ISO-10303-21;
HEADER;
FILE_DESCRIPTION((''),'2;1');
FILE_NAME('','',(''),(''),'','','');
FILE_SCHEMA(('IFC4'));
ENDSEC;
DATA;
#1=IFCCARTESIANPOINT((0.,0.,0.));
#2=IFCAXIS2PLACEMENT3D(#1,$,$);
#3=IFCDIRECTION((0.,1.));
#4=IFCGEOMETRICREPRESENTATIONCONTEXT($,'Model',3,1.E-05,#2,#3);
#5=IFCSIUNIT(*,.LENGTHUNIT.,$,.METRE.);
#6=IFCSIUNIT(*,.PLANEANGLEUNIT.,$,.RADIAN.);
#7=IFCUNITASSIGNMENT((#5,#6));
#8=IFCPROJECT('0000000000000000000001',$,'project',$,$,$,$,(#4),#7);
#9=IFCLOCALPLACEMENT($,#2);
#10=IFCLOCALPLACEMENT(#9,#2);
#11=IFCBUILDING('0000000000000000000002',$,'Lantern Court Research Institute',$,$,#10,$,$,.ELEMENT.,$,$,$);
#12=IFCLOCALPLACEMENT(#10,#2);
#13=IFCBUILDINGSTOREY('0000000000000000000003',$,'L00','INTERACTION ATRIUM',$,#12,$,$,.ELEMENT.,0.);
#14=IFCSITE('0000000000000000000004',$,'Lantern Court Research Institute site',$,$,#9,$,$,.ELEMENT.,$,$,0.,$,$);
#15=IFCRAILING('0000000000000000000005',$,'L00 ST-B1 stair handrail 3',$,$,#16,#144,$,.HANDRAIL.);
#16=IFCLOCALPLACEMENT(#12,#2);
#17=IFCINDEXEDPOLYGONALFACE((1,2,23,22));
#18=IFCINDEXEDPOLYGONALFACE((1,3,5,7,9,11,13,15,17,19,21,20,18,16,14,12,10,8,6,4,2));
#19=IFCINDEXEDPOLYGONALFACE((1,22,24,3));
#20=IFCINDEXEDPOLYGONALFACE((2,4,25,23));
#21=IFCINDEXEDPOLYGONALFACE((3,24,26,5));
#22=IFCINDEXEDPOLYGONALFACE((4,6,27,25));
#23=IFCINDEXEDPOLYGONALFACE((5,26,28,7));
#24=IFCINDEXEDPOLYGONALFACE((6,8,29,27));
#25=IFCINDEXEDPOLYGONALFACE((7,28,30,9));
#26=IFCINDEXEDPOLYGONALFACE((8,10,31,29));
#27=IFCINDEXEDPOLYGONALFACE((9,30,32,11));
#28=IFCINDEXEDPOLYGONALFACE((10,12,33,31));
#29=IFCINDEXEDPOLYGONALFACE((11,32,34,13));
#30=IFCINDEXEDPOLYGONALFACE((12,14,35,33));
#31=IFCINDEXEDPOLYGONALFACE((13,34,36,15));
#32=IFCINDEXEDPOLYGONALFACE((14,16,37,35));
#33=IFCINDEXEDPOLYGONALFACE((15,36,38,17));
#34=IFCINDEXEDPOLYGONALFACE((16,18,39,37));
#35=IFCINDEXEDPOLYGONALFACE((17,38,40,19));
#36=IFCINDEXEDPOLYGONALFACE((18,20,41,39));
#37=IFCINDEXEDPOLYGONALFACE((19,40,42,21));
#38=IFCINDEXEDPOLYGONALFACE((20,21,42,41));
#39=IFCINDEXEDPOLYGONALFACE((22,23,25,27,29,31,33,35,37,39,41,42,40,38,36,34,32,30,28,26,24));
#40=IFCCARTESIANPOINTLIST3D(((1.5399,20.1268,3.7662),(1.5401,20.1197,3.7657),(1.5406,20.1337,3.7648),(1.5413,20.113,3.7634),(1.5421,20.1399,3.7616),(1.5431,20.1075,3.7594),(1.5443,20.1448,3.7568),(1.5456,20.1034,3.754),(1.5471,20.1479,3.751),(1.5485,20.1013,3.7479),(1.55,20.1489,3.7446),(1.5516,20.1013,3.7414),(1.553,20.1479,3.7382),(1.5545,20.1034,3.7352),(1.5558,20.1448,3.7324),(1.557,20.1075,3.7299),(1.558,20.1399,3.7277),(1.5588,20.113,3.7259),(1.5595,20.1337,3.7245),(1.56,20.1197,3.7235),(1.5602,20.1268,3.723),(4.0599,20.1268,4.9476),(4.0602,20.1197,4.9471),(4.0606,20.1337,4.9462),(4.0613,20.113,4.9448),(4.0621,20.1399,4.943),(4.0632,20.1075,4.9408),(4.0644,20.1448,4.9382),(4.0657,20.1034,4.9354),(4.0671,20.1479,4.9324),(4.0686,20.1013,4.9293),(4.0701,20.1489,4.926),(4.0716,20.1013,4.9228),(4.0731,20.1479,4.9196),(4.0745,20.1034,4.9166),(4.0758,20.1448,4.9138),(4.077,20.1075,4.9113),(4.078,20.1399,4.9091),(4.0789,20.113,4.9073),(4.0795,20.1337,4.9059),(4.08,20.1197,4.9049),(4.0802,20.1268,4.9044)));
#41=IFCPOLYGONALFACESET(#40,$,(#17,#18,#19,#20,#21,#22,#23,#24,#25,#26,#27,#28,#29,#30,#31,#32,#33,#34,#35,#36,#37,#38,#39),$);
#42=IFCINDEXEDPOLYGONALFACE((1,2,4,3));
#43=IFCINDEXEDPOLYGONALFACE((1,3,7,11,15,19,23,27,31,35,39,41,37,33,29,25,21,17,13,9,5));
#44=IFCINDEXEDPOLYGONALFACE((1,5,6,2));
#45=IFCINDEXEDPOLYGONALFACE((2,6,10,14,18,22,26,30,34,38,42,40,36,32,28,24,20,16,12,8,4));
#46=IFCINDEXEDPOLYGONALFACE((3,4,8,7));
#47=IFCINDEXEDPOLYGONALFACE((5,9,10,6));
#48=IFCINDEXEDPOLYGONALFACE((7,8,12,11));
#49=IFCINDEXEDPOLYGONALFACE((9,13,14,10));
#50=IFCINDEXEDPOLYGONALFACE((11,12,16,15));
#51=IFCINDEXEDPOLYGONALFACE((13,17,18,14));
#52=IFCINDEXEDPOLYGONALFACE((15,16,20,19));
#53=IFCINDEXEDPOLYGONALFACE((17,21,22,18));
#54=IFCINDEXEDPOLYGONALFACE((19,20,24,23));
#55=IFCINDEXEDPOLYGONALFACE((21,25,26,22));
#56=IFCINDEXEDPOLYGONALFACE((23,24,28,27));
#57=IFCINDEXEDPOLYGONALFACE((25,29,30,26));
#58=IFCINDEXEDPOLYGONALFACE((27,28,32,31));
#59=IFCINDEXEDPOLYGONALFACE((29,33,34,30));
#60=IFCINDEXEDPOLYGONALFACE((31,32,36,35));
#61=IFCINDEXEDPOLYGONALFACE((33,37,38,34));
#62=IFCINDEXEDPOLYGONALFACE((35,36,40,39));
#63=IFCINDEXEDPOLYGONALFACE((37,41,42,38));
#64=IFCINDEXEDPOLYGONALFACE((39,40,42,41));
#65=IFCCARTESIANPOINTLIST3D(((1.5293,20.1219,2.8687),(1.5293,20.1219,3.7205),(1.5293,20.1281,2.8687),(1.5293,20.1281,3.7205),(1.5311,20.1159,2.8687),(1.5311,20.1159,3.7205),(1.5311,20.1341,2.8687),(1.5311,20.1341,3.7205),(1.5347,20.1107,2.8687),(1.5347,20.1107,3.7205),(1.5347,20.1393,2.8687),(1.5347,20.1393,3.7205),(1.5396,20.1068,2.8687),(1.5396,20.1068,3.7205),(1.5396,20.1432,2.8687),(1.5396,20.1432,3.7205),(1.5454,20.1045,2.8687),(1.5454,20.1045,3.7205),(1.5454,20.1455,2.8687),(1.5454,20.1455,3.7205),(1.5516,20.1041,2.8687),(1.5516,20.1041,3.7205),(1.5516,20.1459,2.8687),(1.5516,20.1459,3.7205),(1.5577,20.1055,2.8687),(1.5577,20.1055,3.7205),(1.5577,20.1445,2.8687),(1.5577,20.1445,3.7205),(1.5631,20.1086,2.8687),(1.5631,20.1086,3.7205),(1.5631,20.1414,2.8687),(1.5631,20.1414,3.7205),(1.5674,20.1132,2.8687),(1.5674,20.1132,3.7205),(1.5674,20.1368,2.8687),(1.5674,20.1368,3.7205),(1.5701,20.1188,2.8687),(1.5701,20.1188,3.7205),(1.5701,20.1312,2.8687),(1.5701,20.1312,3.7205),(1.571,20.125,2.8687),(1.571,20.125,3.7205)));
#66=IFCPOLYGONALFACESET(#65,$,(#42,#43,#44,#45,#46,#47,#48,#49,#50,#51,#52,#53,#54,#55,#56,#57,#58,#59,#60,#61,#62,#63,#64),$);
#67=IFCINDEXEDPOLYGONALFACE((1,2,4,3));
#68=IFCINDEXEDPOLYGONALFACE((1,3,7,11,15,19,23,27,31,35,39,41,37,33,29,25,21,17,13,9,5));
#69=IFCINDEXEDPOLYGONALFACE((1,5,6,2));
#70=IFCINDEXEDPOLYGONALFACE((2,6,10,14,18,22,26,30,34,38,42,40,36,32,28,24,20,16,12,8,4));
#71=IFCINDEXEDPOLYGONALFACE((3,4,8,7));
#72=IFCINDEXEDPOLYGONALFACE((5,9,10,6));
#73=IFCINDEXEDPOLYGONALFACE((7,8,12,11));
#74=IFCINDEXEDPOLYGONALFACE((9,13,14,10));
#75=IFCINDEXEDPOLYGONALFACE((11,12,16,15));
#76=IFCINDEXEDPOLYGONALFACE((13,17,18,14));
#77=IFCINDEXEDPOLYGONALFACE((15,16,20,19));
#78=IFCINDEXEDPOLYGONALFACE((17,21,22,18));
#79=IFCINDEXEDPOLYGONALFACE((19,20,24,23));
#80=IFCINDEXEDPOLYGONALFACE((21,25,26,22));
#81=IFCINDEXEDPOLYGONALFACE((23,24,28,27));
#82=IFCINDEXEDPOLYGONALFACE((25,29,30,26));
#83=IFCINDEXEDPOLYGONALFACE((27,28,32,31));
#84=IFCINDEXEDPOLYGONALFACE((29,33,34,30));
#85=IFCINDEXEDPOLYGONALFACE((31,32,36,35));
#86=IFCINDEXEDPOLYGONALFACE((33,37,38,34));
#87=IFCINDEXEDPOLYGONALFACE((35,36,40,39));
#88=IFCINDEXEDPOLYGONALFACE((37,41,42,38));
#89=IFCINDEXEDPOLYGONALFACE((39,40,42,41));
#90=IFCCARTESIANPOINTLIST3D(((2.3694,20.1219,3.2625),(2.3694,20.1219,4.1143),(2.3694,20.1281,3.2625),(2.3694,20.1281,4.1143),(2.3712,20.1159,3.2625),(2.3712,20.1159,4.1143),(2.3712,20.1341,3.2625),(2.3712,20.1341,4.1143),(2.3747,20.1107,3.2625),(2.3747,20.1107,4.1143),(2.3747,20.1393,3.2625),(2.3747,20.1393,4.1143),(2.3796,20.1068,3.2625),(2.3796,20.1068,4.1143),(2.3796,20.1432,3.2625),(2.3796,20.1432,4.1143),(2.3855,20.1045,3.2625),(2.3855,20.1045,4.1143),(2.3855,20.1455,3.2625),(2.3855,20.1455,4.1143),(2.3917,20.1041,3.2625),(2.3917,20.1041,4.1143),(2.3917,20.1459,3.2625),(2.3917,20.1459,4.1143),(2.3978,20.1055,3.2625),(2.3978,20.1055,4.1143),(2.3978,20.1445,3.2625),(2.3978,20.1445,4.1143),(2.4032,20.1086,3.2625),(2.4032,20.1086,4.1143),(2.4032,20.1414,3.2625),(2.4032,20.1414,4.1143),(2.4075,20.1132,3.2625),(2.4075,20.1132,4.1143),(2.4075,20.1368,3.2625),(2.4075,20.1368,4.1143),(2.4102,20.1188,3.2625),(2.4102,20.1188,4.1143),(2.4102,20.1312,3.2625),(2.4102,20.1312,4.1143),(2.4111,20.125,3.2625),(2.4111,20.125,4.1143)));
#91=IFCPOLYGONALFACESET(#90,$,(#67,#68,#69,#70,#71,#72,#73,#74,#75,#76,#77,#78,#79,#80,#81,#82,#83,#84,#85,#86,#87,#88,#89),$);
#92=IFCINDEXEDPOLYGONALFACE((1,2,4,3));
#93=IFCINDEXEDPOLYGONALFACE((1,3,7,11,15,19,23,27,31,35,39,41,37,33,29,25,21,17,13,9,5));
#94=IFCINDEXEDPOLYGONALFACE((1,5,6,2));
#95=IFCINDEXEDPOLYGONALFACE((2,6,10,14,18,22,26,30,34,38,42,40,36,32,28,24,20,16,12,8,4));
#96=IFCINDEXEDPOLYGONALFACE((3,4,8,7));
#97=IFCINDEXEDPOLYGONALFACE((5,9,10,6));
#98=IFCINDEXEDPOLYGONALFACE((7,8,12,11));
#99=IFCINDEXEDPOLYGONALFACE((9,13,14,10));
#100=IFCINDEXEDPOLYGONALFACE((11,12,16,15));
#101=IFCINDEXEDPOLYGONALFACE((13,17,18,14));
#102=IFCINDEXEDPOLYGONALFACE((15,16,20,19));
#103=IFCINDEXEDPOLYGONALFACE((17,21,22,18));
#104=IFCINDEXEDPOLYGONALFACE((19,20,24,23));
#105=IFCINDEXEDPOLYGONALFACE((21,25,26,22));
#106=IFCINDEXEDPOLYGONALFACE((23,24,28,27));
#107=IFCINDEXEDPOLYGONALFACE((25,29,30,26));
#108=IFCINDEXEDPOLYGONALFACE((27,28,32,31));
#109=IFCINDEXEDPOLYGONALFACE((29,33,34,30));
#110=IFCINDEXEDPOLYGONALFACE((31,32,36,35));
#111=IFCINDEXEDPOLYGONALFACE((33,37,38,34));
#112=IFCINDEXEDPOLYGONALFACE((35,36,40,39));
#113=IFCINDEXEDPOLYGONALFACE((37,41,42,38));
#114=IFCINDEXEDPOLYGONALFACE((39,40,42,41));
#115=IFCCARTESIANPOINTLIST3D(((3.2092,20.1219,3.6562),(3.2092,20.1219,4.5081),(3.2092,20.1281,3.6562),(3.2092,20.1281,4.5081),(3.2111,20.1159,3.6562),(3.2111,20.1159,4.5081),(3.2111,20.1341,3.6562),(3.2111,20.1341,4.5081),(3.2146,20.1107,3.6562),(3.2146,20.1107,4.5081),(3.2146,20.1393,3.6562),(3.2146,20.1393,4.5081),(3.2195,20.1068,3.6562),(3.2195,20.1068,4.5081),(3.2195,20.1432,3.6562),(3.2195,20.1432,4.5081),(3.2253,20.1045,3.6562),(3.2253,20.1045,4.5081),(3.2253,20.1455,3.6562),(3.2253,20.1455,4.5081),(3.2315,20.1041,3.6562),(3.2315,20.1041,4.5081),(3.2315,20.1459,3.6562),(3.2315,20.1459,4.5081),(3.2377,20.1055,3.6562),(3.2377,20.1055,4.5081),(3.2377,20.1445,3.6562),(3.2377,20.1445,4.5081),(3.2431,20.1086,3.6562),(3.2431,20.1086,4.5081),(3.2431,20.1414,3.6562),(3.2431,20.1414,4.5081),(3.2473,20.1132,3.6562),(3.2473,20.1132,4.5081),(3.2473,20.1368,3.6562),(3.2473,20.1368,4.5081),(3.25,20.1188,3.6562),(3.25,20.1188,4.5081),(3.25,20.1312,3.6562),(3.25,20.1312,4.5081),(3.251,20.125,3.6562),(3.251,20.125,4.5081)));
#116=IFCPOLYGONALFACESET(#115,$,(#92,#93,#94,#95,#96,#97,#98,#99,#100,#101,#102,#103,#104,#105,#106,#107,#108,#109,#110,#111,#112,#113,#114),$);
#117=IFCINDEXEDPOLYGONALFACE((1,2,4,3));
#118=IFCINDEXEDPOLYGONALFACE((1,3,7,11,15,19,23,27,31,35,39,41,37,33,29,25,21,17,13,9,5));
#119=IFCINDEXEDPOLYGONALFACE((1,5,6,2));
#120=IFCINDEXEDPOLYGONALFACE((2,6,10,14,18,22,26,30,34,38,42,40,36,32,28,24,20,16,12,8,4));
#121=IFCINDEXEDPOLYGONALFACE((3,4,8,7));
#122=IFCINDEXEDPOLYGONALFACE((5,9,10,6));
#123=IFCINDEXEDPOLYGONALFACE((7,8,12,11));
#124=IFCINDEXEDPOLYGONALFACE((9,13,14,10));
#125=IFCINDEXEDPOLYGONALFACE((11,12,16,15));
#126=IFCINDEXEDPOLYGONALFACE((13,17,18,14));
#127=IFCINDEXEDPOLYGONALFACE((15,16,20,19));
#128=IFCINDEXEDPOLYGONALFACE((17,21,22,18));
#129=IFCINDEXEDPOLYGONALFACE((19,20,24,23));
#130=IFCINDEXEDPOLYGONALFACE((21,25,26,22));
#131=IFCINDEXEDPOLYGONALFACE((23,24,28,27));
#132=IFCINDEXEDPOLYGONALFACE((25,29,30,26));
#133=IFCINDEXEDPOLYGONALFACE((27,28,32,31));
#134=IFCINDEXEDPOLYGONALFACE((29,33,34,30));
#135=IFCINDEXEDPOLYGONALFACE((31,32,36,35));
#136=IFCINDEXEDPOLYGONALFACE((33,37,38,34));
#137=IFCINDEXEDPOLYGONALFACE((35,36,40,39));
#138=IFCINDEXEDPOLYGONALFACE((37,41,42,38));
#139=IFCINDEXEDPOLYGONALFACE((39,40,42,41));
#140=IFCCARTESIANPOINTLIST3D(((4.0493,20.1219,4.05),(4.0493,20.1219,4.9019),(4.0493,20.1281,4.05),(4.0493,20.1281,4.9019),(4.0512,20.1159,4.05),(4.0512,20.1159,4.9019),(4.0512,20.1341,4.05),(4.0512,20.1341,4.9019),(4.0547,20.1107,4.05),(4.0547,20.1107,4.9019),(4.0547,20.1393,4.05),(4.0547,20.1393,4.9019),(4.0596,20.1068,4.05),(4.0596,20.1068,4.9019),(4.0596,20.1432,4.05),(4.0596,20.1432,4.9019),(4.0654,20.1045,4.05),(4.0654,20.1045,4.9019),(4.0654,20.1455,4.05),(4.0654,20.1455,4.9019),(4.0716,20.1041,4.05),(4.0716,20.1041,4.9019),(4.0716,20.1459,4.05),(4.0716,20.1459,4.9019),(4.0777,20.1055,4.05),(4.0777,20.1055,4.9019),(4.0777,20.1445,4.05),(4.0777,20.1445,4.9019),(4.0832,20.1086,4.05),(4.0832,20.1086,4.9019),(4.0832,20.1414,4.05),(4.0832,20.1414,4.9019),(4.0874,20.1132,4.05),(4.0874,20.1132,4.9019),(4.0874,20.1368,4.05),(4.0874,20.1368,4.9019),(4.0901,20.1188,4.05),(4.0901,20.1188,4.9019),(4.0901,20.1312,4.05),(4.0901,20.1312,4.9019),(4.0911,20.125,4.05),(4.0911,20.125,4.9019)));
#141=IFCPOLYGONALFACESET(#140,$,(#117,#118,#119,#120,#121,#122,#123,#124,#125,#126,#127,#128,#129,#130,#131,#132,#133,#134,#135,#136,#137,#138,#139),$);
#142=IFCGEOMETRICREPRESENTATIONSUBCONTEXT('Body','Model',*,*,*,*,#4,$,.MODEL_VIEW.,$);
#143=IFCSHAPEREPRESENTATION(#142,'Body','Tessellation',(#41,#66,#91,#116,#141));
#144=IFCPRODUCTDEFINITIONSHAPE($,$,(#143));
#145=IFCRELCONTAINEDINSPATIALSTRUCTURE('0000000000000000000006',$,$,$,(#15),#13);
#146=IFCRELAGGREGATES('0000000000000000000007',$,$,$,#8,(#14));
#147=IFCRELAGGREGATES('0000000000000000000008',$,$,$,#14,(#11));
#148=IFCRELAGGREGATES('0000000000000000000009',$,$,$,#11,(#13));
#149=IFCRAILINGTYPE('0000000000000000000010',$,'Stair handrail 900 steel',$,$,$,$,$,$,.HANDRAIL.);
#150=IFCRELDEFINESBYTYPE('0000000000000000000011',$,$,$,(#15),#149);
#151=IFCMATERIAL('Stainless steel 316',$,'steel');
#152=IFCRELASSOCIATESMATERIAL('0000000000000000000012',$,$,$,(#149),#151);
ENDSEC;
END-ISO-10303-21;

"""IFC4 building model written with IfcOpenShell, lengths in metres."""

from ifc_helpers import new_model, si_unit, direction, frame, origin, origin_2d, place, context, subcontext, project, spatial, circle, extrude, material, type_object, element, save


model = new_model("IFC4")

# Units and contexts
model_context = context("Model", 3, precision=1e-05, world=origin(), true_north=direction((0.0, 1.0)))
body_context = subcontext(model_context, "Body", "Model", "MODEL_VIEW")
ifc_project = project(units=[si_unit("LENGTHUNIT", "METRE"), si_unit("PLANEANGLEUNIT", "RADIAN")], contexts=[model_context])

# Site, building, storey
site_placement = place(None, origin())
site = spatial("IfcSite", under=ifc_project, at=site_placement, Name="Lantern Court Research Institute site", CompositionType="ELEMENT", RefElevation=0.0)
building_placement = place(site_placement, origin())
building = spatial("IfcBuilding", under=site, at=building_placement, Name="Lantern Court Research Institute", CompositionType="ELEMENT")
storey_placement = place(building_placement, origin())
storey = spatial("IfcBuildingStorey", under=building, at=storey_placement, Name="L00", Description="INTERACTION ATRIUM", CompositionType="ELEMENT", Elevation=0.0)

# Railing
ifc_material_1 = material(Name="Stainless steel 316", Category="steel")
railing_type_1 = type_object("IfcRailingType", Name="Stair handrail 900 steel", PredefinedType="HANDRAIL", material=ifc_material_1)
for number, where, name in (
    (1, (1.55, 20.125, 2.8687), "L00 ST-B1 stair handrail 3"),
):
    element("IfcRailing", number, at=place(storey_placement, frame(where)), inside=storey, type_object=railing_type_1, Name=name, PredefinedType="HANDRAIL", context=body_context, shape_type="SweptSolid", body=[
        extrude(circle(Radius=0.0239, at=origin_2d()), frame((0.0, 0.0, 0.876), z_axis=(0.90544, 0.0, 0.424474), x_axis=(0.0, 1.0, 0.0)), (0.0, 0.0, 1.0), 2.7832),
        extrude(circle(Radius=0.021, at=origin_2d()), origin(), (0.0, 0.0, 1.0), 0.8518),
        extrude(circle(Radius=0.021, at=origin_2d()), frame((0.8401, 0.0, 0.3938)), (0.0, 0.0, 1.0), 0.8518),
        extrude(circle(Radius=0.021, at=origin_2d()), frame((1.6799, 0.0, 0.7876)), (0.0, 0.0, 1.0), 0.8518),
        extrude(circle(Radius=0.021, at=origin_2d()), frame((2.52, 0.0, 1.1814)), (0.0, 0.0, 1.0), 0.8518),
    ])

save(model, "model.ifc")
